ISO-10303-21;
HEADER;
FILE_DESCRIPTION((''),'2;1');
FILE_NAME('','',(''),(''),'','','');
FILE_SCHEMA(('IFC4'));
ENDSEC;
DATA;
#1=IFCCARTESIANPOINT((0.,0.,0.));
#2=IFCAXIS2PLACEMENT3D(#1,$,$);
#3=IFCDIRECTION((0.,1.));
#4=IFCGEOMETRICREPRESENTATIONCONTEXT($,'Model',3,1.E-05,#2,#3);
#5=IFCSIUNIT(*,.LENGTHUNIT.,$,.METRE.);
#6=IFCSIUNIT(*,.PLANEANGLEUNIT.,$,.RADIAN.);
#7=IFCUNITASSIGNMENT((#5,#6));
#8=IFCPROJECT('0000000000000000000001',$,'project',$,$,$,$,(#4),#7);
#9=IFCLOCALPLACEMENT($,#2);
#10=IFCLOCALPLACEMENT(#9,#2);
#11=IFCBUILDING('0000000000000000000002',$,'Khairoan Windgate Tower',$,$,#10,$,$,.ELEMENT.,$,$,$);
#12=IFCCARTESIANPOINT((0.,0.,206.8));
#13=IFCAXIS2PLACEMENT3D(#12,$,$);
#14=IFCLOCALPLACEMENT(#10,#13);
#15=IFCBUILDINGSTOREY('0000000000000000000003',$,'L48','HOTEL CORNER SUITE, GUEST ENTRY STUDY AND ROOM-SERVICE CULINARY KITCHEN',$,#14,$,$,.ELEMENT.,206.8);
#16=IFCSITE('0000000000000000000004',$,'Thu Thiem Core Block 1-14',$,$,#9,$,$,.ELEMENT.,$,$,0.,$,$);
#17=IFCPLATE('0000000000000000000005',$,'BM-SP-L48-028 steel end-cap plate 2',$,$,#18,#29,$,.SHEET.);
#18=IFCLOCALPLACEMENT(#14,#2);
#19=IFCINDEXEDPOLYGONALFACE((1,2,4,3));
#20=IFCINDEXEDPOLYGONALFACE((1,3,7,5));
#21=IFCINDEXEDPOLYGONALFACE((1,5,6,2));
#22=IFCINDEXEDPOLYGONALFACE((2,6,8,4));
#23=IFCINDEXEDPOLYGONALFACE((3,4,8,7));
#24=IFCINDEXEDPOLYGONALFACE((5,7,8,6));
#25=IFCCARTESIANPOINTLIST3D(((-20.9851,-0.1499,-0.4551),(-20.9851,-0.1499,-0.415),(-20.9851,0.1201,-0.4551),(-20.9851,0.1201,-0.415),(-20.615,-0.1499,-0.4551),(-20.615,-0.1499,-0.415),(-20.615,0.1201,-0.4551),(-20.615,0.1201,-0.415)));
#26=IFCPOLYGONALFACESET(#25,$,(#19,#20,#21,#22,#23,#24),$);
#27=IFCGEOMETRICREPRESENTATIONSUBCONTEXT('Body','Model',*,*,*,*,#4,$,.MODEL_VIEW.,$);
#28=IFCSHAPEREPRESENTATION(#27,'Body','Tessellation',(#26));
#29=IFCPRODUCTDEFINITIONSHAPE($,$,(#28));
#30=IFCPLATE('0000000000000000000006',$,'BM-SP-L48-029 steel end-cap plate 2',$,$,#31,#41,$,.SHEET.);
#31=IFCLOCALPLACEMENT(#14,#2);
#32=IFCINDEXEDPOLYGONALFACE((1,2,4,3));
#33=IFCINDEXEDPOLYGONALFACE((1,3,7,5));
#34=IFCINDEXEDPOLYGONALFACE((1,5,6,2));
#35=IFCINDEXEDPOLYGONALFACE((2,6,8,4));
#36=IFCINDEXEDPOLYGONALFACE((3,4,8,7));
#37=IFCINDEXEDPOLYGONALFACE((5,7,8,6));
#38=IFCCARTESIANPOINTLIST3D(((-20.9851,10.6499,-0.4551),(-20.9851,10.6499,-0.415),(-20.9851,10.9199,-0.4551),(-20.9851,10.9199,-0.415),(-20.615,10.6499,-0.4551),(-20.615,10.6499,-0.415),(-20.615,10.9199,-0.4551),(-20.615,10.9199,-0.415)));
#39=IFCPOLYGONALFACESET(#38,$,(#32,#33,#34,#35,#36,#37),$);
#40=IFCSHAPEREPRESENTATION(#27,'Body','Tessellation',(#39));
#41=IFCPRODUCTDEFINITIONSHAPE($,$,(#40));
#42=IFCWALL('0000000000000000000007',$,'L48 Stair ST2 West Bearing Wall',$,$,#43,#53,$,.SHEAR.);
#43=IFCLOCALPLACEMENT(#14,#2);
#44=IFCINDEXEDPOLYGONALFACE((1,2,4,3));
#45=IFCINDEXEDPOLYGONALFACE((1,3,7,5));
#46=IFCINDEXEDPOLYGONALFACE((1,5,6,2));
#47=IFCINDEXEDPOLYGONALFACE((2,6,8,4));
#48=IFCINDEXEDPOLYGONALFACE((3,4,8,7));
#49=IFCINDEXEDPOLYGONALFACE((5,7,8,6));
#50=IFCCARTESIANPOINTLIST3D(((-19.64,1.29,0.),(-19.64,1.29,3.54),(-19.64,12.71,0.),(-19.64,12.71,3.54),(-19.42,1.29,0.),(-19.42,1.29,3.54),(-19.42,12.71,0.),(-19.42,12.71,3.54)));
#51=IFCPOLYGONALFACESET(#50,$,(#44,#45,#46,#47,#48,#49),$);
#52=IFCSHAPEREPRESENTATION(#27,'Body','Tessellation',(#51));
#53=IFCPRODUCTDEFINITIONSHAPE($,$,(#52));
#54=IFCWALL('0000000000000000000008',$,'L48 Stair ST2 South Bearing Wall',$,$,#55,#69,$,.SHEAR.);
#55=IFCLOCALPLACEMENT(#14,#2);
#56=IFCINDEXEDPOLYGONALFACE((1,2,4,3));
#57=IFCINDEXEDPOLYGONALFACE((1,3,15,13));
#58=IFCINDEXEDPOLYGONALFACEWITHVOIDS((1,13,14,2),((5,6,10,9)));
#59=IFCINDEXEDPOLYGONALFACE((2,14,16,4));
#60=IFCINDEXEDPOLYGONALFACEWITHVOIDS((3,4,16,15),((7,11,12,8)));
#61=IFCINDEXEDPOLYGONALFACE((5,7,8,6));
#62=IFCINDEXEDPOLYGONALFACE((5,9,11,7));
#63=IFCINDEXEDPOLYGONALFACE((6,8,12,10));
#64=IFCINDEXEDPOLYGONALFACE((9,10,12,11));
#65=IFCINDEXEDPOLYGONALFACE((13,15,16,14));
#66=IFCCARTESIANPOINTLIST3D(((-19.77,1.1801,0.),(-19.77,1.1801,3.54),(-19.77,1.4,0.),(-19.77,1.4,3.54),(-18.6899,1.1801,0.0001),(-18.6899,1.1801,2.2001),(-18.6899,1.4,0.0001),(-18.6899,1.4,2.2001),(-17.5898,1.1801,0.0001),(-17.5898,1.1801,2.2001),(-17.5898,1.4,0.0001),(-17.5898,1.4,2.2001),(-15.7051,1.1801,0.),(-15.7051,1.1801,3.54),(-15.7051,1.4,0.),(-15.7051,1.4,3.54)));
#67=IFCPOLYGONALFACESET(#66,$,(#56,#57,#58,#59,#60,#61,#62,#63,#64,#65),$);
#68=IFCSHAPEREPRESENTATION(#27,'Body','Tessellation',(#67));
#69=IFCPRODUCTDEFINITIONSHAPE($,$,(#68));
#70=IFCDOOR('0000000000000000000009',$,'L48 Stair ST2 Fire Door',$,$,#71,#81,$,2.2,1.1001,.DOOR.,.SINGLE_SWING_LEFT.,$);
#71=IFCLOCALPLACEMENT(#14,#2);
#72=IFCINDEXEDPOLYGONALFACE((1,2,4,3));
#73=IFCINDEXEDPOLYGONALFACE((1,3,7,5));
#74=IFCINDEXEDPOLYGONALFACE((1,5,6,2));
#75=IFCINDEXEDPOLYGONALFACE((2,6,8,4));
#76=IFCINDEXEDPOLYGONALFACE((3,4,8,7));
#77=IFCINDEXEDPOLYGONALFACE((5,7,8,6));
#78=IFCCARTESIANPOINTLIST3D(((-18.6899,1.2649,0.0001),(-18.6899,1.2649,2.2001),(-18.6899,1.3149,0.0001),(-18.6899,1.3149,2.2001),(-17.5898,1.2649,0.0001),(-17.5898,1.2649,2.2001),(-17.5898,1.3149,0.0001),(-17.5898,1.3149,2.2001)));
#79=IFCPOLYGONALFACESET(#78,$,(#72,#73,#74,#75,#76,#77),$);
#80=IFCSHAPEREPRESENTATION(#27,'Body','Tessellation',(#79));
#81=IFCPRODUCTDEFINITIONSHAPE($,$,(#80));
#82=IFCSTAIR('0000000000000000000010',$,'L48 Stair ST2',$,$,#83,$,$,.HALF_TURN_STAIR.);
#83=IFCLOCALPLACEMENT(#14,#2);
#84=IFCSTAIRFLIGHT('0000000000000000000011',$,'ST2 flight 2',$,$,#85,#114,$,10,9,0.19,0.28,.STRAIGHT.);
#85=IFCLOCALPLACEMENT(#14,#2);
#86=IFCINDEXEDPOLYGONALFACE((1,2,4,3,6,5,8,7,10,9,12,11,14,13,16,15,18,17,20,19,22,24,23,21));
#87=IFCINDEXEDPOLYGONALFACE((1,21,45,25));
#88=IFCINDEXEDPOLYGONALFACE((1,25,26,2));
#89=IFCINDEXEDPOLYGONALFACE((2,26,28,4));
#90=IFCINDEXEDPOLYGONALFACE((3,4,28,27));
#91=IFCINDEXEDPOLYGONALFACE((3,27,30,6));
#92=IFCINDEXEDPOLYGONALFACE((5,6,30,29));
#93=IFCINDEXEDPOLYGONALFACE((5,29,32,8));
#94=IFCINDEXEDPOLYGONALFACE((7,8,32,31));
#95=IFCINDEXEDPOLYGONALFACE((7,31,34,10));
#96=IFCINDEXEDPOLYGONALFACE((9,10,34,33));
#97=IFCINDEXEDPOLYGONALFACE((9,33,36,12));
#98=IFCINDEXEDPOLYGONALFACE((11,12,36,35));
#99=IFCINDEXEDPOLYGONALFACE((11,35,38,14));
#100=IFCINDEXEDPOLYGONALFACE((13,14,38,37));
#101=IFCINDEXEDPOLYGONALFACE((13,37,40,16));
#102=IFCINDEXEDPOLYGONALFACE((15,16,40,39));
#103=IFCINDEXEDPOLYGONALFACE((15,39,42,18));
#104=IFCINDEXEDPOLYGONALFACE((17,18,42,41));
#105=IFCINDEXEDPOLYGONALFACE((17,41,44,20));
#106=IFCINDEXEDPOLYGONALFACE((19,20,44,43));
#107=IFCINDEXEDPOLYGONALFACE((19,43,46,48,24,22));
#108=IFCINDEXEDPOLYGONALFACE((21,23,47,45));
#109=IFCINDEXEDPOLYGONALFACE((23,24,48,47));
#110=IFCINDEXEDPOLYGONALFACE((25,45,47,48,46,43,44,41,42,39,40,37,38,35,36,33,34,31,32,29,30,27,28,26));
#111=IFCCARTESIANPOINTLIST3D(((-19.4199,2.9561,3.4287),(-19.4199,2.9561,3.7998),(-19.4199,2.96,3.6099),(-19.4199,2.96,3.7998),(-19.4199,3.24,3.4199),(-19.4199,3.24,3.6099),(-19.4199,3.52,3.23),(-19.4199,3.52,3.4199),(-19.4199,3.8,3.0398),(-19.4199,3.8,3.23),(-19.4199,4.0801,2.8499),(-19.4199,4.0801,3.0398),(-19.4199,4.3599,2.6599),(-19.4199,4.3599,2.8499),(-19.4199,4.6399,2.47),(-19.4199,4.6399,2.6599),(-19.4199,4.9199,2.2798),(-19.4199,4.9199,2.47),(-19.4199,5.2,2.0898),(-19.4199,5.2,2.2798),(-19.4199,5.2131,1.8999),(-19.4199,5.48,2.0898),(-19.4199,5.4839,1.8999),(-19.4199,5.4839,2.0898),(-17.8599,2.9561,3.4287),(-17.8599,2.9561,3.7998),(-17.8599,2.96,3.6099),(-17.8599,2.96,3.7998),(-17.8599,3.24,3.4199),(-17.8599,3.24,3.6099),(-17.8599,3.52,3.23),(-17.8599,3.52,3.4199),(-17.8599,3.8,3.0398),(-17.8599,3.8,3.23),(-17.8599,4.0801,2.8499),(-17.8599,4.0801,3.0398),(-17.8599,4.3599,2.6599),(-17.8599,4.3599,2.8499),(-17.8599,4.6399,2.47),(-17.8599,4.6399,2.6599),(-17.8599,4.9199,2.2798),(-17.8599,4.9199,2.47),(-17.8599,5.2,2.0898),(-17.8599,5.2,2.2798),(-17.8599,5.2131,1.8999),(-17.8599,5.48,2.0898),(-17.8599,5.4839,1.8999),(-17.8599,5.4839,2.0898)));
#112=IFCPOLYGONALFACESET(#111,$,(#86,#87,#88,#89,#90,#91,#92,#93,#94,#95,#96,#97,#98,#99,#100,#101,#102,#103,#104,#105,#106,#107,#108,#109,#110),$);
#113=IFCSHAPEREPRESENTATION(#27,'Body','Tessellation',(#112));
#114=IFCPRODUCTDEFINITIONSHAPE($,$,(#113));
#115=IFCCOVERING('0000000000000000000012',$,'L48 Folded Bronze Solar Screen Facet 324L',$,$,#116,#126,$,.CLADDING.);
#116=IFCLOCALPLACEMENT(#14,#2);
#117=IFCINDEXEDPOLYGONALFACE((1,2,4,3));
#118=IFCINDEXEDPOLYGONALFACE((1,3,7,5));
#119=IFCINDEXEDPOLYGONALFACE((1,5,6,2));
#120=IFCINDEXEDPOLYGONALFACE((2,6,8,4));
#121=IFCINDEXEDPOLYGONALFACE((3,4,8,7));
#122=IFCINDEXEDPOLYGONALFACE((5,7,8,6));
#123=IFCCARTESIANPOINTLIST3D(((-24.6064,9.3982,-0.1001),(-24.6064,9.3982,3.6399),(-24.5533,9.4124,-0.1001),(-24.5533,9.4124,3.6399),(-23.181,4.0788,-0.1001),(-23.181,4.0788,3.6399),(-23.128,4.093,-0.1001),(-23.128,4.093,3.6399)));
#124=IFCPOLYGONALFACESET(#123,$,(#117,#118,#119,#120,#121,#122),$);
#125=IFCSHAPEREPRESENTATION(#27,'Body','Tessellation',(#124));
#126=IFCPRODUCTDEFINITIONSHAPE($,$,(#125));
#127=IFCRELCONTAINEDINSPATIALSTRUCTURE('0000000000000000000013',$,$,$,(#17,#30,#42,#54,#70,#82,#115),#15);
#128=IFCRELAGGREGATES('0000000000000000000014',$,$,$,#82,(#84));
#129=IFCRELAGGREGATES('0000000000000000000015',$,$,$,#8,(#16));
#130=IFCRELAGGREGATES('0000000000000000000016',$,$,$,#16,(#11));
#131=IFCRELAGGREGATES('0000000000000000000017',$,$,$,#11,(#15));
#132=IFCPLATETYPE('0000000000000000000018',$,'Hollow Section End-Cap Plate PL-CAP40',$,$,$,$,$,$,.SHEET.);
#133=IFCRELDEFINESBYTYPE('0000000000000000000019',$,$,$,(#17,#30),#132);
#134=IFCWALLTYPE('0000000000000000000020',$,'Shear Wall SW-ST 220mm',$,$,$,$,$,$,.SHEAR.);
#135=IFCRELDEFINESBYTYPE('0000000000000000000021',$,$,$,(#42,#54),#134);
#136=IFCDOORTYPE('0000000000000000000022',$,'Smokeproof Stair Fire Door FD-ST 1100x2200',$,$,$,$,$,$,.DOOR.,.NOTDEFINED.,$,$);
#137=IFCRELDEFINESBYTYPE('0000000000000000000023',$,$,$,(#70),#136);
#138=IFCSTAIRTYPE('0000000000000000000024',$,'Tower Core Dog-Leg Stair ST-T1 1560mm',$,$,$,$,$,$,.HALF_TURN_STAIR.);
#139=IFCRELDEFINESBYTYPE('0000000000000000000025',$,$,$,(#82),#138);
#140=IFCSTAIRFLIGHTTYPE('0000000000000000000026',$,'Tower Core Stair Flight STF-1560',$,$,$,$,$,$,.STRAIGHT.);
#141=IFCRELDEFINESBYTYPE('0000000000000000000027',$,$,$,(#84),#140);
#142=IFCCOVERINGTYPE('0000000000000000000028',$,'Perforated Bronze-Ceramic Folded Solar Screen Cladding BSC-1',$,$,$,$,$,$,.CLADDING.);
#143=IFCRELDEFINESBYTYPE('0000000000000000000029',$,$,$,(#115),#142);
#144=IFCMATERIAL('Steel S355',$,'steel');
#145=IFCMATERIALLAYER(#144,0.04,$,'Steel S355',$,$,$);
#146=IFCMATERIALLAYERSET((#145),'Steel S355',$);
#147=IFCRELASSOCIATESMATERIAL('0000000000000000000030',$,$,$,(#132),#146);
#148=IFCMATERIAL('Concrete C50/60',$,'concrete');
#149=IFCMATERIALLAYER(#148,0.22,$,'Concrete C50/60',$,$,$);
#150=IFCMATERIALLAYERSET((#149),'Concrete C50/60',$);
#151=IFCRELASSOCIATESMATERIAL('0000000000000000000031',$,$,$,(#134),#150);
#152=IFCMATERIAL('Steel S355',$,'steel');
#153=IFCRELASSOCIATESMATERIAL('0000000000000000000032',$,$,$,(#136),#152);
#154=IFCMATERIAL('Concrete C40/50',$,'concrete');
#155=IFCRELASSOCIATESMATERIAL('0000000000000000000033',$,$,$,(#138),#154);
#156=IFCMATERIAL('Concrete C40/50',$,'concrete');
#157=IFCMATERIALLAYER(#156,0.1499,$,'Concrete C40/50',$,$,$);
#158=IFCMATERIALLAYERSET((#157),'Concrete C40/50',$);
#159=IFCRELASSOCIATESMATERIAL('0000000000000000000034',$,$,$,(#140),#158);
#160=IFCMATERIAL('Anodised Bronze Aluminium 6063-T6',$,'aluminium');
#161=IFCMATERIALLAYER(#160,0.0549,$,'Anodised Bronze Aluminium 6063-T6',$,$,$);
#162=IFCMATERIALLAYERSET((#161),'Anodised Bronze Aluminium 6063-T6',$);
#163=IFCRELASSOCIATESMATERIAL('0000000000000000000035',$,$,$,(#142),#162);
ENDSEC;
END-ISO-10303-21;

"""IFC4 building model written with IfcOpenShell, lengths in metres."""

from ifc_helpers import new_model, si_unit, direction, frame, frame_2d, origin, origin_2d, place, context, subcontext, project, spatial, polyline, rectangle, outline, extrude, material, layer, layer_set, type_object, element, fill, aggregate, save


model = new_model("IFC4")

# Units and contexts
model_context = context("Model", 3, precision=1e-05, world=origin(), true_north=direction((0.0, 1.0)))
body_context = subcontext(model_context, "Body", "Model", "MODEL_VIEW")
ifc_project = project(units=[si_unit("LENGTHUNIT", "METRE"), si_unit("PLANEANGLEUNIT", "RADIAN")], contexts=[model_context])

# Site, building, storey
site_placement = place(None, origin())
site = spatial("IfcSite", under=ifc_project, at=site_placement, Name="Thu Thiem Core Block 1-14", CompositionType="ELEMENT", RefElevation=0.0)
building_placement = place(site_placement, origin())
building = spatial("IfcBuilding", under=site, at=building_placement, Name="Khairoan Windgate Tower", CompositionType="ELEMENT")
storey_placement = place(building_placement, frame((0.0, 0.0, 206.8)))
storey = spatial("IfcBuildingStorey", under=building, at=storey_placement, Name="L48", Description="HOTEL CORNER SUITE, GUEST ENTRY STUDY AND ROOM-SERVICE CULINARY KITCHEN", CompositionType="ELEMENT", Elevation=206.8)

# Plates
ifc_material_1 = material(Name="Steel S355", Category="steel")
ifc_layer_1 = layer(ifc_material_1, 0.04, Name="Steel S355")
ifc_layer_set_1 = layer_set([ifc_layer_1], Name="Steel S355")
plate_type = type_object("IfcPlateType", Name="Hollow Section End-Cap Plate PL-CAP40", PredefinedType="SHEET", material=ifc_layer_set_1)
for number, where, z_axis, x_axis, name in (
    (1, (-20.8, -0.0149, -0.4551), (0.0, 0.0, 1.0), (0.0, 1.0, 0.0), "BM-SP-L48-028 steel end-cap plate 2"),
    (2, (-20.8, 10.7849, -0.4551), (0.0, 0.0, 1.0), (0.0, 1.0, 0.0), "BM-SP-L48-029 steel end-cap plate 2"),
):
    element("IfcPlate", number, at=place(storey_placement, frame(where, z_axis=z_axis, x_axis=x_axis)), inside=storey, type_object=plate_type, Name=name, PredefinedType="SHEET", context=body_context, shape_type="SweptSolid", body=[
        extrude(rectangle(XDim=0.27, YDim=0.3701, at=origin_2d()), origin(), (0.0, 0.0, 1.0), 0.04),
    ])

# Wall
ifc_material_2 = material(Name="Concrete C50/60", Category="concrete")
ifc_layer_2 = layer(ifc_material_2, 0.22, Name="Concrete C50/60")
ifc_layer_set_2 = layer_set([ifc_layer_2], Name="Concrete C50/60")
wall_type = type_object("IfcWallType", Name="Shear Wall SW-ST 220mm", PredefinedType="SHEAR", material=ifc_layer_set_2)
wall_1_placement = place(storey_placement, frame((-19.53, 1.29, 0.0), z_axis=(0.0, 0.0, 1.0), x_axis=(0.0, 1.0, 0.0)))
element("IfcWall", 3, at=wall_1_placement, inside=storey, type_object=wall_type, Name="L48 Stair ST2 West Bearing Wall", PredefinedType="SHEAR", context=body_context, shape_type="SweptSolid", body=[
    extrude(rectangle(XDim=11.4199, YDim=0.22, at=frame_2d((5.71, 0.0))), origin(), (0.0, 0.0, 1.0), 3.54),
])

# Wall, opening, door
wall_2_placement = place(storey_placement, frame((-19.77, 1.29, 0.0), z_axis=(0.0, 0.0, 1.0), x_axis=(1.0, 0.0, 0.0)))
wall_2 = element("IfcWall", 4, at=wall_2_placement, inside=storey, type_object=wall_type, Name="L48 Stair ST2 South Bearing Wall", PredefinedType="SHEAR", context=body_context, shape_type="SweptSolid", body=[
    extrude(rectangle(XDim=4.0649, YDim=0.22, at=frame_2d((2.0325, 0.0))), origin(), (0.0, 0.0, 1.0), 3.54),
])
opening_placement = place(wall_2_placement, frame((1.0801, 0.0, 0.0)))
opening = element("IfcOpeningElement", 5, at=opening_placement, cuts=wall_2, PredefinedType="OPENING", context=body_context, shape_type="SweptSolid", body=[
    extrude(rectangle(XDim=1.1001, YDim=2.2, at=frame_2d((0.55, 1.1001))), frame((0.0, 0.1199, 0.0), z_axis=(0.0, -1.0, 0.0), x_axis=(1.0, 0.0, 0.0)), (0.0, 0.0, 1.0), 0.24),
])
ifc_material_3 = material(Name="Steel S355", Category="steel")
door_type = type_object("IfcDoorType", Name="Smokeproof Stair Fire Door FD-ST 1100x2200", OperationType="NOTDEFINED", PredefinedType="DOOR", material=ifc_material_3)
door_placement = place(opening_placement, origin())
door = element("IfcDoor", 6, at=door_placement, inside=storey, type_object=door_type, Name="L48 Stair ST2 Fire Door", OperationType="SINGLE_SWING_LEFT", OverallHeight=2.2, OverallWidth=1.1001, PredefinedType="DOOR", context=body_context, shape_type="SweptSolid", body=[
    extrude(rectangle(XDim=1.1001, YDim=2.2, at=frame_2d((0.55, 1.1001))), frame((0.0, 0.0249, 0.0), z_axis=(0.0, -1.0, 0.0), x_axis=(1.0, 0.0, 0.0)), (0.0, 0.0, 1.0), 0.05),
])
fill(opening, door)

# Stair, stair flight
ifc_material_4 = material(Name="Concrete C40/50", Category="concrete")
stair_type = type_object("IfcStairType", Name="Tower Core Dog-Leg Stair ST-T1 1560mm", PredefinedType="HALF_TURN_STAIR", material=ifc_material_4)
stair_placement = place(storey_placement, origin())
stair = element("IfcStair", 7, at=stair_placement, inside=storey, type_object=stair_type, Name="L48 Stair ST2", PredefinedType="HALF_TURN_STAIR")
ifc_material_5 = material(Name="Concrete C40/50", Category="concrete")
ifc_layer_3 = layer(ifc_material_5, 0.1499, Name="Concrete C40/50")
ifc_layer_set_3 = layer_set([ifc_layer_3], Name="Concrete C40/50")
stair_flight_type = type_object("IfcStairFlightType", Name="Tower Core Stair Flight STF-1560", PredefinedType="STRAIGHT", material=ifc_layer_set_3)
stair_flight_placement = place(storey_placement, frame((-18.6399, 5.48, 1.8999), z_axis=(0.0, 0.0, 1.0), x_axis=(0.0, -1.0, 0.0)))
stair_flight = element("IfcStairFlight", 8, at=stair_flight_placement, type_object=stair_flight_type, Name="ST2 flight 2", NumberOfRisers=10, NumberOfTreads=9, PredefinedType="STRAIGHT", RiserHeight=0.19, TreadLength=0.28, context=body_context, shape_type="SweptSolid", body=[
    extrude(outline(polyline([(-0.0039, 0.0), (-0.0039, 0.1899), (0.0, 0.1899), (0.28, 0.1899), (0.28, 0.3799), (0.5601, 0.3799), (0.5601, 0.5701), (0.8401, 0.5701), (0.8401, 0.76), (1.1201, 0.76), (1.1201, 0.95), (1.3999, 0.95), (1.3999, 1.1399), (1.6799, 1.1399), (1.6799, 1.3301), (1.96, 1.3301), (1.96, 1.52), (2.24, 1.52), (2.24, 1.71), (2.52, 1.71), (2.52, 1.8999), (2.5239, 1.8999), (2.5239, 1.5288), (0.2668, 0.0), (-0.0039, 0.0)])), frame((0.0, 0.78, 0.0), z_axis=(0.0, -1.0, 0.0), x_axis=(1.0, 0.0, 0.0)), (0.0, 0.0, 1.0), 1.5601),
])
aggregate(stair, [stair_flight])

# Covering
ifc_material_6 = material(Name="Anodised Bronze Aluminium 6063-T6", Category="aluminium")
ifc_layer_4 = layer(ifc_material_6, 0.0549, Name="Anodised Bronze Aluminium 6063-T6")
ifc_layer_set_4 = layer_set([ifc_layer_4], Name="Anodised Bronze Aluminium 6063-T6")
covering_type = type_object("IfcCoveringType", Name="Perforated Bronze-Ceramic Folded Solar Screen Cladding BSC-1", PredefinedType="CLADDING", material=ifc_layer_set_4)
covering_placement = place(storey_placement, frame((-23.8672, 6.7456, -0.1001), z_axis=(0.0, 0.0, 1.0), x_axis=(-0.258819, 0.965926, 0.0)))
element("IfcCovering", 9, at=covering_placement, inside=storey, type_object=covering_type, Name="L48 Folded Bronze Solar Screen Facet 324L", PredefinedType="CLADDING", context=body_context, shape_type="SweptSolid", body=[
    extrude(rectangle(XDim=5.5071, YDim=0.0549, at=origin_2d()), origin(), (0.0, 0.0, 1.0), 3.74),
])

save(model, "model.ifc")
